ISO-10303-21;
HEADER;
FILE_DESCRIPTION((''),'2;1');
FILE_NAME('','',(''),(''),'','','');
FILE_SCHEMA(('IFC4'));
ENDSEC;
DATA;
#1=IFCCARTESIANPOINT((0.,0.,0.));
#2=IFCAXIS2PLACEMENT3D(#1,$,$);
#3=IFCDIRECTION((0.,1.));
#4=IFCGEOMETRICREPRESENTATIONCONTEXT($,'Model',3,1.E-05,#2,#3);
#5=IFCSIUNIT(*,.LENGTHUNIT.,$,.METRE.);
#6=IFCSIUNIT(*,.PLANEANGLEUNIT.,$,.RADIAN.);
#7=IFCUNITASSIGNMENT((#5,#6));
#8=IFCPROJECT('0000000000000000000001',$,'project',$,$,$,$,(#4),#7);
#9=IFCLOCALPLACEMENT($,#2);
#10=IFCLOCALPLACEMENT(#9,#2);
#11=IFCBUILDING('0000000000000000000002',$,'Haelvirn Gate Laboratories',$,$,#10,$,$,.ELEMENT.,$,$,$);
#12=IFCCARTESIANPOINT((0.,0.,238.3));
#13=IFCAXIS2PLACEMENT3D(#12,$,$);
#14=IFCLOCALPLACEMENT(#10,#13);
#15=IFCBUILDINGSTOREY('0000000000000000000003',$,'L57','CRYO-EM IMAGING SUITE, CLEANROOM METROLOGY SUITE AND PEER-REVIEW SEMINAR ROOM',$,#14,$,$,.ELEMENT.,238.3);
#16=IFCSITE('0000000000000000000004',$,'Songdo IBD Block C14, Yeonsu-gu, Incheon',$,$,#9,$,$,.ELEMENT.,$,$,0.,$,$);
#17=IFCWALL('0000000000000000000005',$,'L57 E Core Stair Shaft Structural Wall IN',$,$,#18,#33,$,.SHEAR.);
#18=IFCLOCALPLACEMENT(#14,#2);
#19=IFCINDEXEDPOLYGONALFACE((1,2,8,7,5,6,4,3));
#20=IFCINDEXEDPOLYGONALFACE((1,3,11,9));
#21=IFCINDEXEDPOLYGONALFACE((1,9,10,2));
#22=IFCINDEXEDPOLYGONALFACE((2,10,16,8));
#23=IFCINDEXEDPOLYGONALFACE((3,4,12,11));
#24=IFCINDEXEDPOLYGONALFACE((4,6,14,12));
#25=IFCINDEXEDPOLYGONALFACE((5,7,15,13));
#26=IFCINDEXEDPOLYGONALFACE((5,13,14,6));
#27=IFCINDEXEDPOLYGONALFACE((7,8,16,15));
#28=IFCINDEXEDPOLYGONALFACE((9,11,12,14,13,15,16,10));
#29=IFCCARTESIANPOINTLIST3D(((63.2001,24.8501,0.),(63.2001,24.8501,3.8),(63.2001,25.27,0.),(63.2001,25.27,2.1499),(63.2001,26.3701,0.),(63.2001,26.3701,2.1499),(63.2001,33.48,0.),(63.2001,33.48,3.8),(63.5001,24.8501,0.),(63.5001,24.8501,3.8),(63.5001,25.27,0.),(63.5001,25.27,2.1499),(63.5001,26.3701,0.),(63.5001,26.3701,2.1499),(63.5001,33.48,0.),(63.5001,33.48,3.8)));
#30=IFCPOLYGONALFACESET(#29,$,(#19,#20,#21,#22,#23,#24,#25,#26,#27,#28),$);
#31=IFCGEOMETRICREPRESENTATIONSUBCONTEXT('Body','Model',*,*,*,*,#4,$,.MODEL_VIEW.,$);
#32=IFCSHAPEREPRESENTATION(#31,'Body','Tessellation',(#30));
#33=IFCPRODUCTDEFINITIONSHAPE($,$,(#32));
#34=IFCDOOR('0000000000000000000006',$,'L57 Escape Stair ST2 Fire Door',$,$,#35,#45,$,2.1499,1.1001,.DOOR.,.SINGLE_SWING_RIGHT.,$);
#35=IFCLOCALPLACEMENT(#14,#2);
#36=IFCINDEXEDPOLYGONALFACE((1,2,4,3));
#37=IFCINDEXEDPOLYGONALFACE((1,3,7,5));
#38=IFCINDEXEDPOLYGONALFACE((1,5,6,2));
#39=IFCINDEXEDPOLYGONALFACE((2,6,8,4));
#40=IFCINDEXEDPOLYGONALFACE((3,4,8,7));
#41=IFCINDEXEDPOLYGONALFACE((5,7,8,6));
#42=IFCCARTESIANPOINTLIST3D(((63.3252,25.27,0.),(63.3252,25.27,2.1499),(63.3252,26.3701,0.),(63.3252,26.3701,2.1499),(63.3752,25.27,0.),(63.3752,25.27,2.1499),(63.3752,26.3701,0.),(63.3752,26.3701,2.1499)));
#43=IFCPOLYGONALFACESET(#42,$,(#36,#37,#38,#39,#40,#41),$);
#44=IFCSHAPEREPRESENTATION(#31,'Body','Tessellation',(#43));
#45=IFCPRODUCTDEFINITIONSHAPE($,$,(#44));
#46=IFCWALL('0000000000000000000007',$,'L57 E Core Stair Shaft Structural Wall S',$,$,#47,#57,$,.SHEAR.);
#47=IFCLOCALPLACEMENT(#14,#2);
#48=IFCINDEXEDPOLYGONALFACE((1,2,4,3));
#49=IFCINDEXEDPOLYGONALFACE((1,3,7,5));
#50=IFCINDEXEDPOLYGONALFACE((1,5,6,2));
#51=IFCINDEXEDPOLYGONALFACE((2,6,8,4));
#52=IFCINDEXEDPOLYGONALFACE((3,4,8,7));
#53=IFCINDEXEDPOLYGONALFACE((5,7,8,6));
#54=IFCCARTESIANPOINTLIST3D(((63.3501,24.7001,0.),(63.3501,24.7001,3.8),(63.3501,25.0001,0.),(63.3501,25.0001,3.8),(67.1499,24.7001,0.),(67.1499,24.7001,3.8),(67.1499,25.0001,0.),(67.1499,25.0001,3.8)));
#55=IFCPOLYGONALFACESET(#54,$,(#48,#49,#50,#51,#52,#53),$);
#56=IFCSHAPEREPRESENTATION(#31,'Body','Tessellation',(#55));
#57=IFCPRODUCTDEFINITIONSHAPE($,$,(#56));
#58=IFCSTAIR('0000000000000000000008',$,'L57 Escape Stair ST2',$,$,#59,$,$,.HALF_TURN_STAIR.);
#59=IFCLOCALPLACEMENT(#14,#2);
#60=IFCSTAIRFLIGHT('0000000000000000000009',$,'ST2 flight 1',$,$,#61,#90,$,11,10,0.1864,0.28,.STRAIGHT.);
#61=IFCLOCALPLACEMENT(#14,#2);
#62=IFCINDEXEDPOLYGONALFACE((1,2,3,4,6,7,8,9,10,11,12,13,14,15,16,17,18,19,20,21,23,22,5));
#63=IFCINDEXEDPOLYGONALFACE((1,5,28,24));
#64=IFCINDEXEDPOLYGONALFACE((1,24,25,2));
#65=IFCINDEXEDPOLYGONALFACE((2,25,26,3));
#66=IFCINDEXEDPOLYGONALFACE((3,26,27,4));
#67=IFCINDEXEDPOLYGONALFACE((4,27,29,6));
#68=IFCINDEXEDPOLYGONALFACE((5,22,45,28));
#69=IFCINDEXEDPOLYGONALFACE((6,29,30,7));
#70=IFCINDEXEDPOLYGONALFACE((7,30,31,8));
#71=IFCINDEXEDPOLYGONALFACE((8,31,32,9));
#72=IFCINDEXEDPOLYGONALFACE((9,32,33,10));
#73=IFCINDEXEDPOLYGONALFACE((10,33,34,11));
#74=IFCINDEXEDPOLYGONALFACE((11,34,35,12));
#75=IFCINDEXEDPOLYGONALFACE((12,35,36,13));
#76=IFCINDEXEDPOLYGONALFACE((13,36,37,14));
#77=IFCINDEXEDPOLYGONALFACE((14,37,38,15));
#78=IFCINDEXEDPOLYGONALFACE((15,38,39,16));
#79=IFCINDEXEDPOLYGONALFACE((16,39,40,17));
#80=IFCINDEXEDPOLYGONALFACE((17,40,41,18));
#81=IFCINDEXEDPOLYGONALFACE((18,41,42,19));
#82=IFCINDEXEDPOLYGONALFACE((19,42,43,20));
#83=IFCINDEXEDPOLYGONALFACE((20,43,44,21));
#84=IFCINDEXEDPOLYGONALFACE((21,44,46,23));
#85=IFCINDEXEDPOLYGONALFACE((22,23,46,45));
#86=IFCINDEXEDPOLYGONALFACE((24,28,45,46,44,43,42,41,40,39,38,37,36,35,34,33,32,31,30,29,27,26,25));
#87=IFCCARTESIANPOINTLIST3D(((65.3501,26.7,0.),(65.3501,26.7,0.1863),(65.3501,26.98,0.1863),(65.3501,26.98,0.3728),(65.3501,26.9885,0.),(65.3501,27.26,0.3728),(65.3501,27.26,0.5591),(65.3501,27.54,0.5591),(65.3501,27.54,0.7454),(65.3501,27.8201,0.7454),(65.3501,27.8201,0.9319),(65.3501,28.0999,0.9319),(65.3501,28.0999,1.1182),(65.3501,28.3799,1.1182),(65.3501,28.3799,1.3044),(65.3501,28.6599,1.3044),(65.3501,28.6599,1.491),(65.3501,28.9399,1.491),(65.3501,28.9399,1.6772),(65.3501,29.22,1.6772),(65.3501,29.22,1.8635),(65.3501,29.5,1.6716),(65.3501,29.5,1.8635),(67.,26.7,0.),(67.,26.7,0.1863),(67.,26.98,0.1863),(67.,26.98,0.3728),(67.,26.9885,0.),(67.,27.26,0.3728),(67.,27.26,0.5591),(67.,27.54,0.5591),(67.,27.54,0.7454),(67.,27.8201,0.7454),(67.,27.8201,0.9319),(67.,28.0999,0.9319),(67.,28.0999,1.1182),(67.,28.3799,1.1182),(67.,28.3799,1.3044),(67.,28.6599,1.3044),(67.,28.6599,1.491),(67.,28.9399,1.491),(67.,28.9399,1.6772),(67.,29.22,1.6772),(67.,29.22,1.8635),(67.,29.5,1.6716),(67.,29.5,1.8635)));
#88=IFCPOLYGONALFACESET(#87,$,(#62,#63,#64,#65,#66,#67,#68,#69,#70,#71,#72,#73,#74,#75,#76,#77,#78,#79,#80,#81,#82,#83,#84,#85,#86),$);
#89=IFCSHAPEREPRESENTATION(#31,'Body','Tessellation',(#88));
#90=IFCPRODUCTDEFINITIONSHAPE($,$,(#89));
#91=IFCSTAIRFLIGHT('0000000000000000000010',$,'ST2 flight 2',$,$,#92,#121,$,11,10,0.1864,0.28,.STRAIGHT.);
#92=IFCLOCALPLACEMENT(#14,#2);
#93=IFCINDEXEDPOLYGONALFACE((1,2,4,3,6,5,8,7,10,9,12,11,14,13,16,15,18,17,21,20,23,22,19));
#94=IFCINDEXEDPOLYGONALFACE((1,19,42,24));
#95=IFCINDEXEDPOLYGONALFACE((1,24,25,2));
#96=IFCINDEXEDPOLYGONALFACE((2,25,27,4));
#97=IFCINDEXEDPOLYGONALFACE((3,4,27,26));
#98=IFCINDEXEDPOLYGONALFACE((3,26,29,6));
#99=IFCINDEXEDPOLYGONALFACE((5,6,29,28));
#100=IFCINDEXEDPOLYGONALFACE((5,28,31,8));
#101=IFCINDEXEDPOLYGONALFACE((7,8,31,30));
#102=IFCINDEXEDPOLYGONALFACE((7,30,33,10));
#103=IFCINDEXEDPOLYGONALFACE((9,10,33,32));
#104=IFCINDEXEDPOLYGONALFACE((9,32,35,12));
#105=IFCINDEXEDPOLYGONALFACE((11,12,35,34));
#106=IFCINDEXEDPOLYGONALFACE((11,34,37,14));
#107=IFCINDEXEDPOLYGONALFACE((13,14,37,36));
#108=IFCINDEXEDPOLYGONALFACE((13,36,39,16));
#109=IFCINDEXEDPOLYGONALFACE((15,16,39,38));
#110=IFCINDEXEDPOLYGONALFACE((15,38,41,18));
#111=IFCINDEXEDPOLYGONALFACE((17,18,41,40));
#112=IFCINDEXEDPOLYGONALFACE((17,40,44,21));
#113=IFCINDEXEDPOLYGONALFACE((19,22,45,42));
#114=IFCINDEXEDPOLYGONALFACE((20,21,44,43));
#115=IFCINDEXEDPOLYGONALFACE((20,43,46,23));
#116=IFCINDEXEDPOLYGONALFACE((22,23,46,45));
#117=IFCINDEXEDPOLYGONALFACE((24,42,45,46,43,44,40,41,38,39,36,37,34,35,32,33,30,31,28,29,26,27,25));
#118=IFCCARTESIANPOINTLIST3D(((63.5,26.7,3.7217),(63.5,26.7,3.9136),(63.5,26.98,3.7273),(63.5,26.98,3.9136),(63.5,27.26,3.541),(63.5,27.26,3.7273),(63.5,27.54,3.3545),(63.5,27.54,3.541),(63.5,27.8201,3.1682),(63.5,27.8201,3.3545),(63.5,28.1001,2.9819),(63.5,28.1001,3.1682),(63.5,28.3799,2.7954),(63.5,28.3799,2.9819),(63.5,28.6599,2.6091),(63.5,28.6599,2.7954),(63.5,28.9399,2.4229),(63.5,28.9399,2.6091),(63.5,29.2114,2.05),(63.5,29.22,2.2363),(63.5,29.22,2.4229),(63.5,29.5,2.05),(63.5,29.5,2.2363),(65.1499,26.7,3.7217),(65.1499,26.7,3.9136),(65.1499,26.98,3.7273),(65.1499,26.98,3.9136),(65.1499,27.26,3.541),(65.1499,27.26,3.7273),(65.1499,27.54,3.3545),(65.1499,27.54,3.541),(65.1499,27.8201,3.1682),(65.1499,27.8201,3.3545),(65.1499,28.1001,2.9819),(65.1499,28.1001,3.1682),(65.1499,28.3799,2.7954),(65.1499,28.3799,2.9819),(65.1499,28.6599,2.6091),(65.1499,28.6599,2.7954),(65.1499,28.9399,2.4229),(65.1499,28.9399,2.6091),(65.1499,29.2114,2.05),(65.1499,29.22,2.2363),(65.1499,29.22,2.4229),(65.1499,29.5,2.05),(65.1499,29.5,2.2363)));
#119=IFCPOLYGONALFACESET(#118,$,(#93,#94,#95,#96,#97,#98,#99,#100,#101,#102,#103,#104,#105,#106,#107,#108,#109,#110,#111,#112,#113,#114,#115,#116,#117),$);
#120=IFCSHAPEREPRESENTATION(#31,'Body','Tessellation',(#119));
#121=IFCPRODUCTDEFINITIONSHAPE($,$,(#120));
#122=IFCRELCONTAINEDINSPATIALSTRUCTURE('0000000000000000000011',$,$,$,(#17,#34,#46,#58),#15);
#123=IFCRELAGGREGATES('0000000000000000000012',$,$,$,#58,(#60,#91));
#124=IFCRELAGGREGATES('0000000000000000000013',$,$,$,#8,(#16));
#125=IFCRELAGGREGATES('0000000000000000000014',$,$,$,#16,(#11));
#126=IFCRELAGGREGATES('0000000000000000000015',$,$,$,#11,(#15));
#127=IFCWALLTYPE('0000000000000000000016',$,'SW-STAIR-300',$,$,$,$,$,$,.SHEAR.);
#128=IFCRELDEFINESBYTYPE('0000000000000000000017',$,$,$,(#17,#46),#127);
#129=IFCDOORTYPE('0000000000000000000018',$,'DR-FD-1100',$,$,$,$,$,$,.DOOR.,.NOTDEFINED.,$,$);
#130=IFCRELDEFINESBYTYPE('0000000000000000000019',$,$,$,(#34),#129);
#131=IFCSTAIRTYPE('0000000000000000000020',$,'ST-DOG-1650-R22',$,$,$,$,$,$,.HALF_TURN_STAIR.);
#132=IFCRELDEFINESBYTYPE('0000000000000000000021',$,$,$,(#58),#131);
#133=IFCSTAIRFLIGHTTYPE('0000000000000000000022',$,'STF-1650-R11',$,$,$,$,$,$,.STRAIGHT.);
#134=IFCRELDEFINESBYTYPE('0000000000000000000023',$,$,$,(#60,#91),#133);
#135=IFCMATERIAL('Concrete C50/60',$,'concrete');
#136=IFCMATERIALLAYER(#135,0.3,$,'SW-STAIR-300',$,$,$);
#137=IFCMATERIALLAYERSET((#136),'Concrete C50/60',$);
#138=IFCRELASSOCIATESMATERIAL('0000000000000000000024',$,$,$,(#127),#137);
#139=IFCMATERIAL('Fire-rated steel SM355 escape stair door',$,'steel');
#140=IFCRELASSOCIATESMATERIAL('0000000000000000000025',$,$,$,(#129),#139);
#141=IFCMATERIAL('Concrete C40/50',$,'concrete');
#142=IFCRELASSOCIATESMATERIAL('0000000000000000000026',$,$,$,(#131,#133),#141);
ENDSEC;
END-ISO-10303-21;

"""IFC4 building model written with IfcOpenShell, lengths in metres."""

from ifc_helpers import new_model, si_unit, direction, frame, frame_2d, origin, place, context, subcontext, project, spatial, polyline, rectangle, outline, extrude, source, transform, mapped, material, layer, layer_set, type_object, type_shapes, element, fill, aggregate, save


model = new_model("IFC4")

# Units and contexts
model_context = context("Model", 3, precision=1e-05, world=origin(), true_north=direction((0.0, 1.0)))
body_context = subcontext(model_context, "Body", "Model", "MODEL_VIEW")
ifc_project = project(units=[si_unit("LENGTHUNIT", "METRE"), si_unit("PLANEANGLEUNIT", "RADIAN")], contexts=[model_context])

# Site, building, storey
site_placement = place(None, origin())
site = spatial("IfcSite", under=ifc_project, at=site_placement, Name="Songdo IBD Block C14, Yeonsu-gu, Incheon", CompositionType="ELEMENT", RefElevation=0.0)
building_placement = place(site_placement, origin())
building = spatial("IfcBuilding", under=site, at=building_placement, Name="Haelvirn Gate Laboratories", CompositionType="ELEMENT")
storey_placement = place(building_placement, frame((0.0, 0.0, 238.3)))
storey = spatial("IfcBuildingStorey", under=building, at=storey_placement, Name="L57", Description="CRYO-EM IMAGING SUITE, CLEANROOM METROLOGY SUITE AND PEER-REVIEW SEMINAR ROOM", CompositionType="ELEMENT", Elevation=238.3)

# Shared definitions
ifc_material_1 = material(Name="Concrete C40/50", Category="concrete")

# Shared definitions
ifc_material_2 = material(Name="Concrete C50/60", Category="concrete")

# Wall, opening, door
ifc_layer_1 = layer(ifc_material_2, 0.3, Name="SW-STAIR-300")
ifc_layer_set_1 = layer_set([ifc_layer_1], Name="Concrete C50/60")
wall_type_1 = type_object("IfcWallType", Name="SW-STAIR-300", PredefinedType="SHEAR", material=ifc_layer_set_1)
wall_1_placement = place(storey_placement, frame((63.3501, 24.8501, 0.0), z_axis=(0.0, 0.0, 1.0), x_axis=(0.0, 1.0, 0.0)))
wall_1 = element("IfcWall", 1, at=wall_1_placement, inside=storey, type_object=wall_type_1, Name="L57 E Core Stair Shaft Structural Wall IN", PredefinedType="SHEAR", context=body_context, shape_type="SweptSolid", body=[
    extrude(rectangle(XDim=8.6299, YDim=0.3, at=frame_2d((4.3149, 0.0))), origin(), (0.0, 0.0, 1.0), 3.8),
])
opening_1_placement = place(wall_1_placement, frame((0.4199, 0.0, 0.0)))
opening_1 = element("IfcOpeningElement", 2, at=opening_1_placement, cuts=wall_1, PredefinedType="OPENING", context=body_context, shape_type="SweptSolid", body=[
    extrude(rectangle(XDim=1.1001, YDim=2.1499, at=frame_2d((0.55, 1.075))), frame((0.0, 0.1602, 0.0), z_axis=(0.0, -1.0, 0.0), x_axis=(1.0, 0.0, 0.0)), (0.0, 0.0, 1.0), 0.3201),
])
ifc_material_3 = material(Name="Fire-rated steel SM355 escape stair door", Category="steel")
door_type_1 = type_object("IfcDoorType", Name="DR-FD-1100", OperationType="NOTDEFINED", PredefinedType="DOOR", material=ifc_material_3)
shared_shape_1 = source(origin(), body_context, "Body", "SweptSolid", [
    extrude(rectangle(XDim=1.1001, YDim=2.1499, at=frame_2d((0.55, 1.075))), frame((0.0, 0.0249, 0.0), z_axis=(0.0, -1.0, 0.0), x_axis=(1.0, 0.0, 0.0)), (0.0, 0.0, 1.0), 0.05),
])
type_shapes(door_type_1, [shared_shape_1])
door_1_placement = place(opening_1_placement, origin())
door_1 = element("IfcDoor", 3, at=door_1_placement, inside=storey, type_object=door_type_1, Name="L57 Escape Stair ST2 Fire Door", OperationType="SINGLE_SWING_RIGHT", OverallHeight=2.1499, OverallWidth=1.1001, PredefinedType="DOOR", context=body_context, shape_type="MappedRepresentation", body=[
    mapped(shared_shape_1, transform((0.0, 0.0, 0.0), scale=1.0)),
])
fill(opening_1, door_1)

# Wall
wall_2_placement = place(storey_placement, frame((63.3501, 24.8501, 0.0), z_axis=(0.0, 0.0, 1.0), x_axis=(1.0, 0.0, 0.0)))
element("IfcWall", 4, at=wall_2_placement, inside=storey, type_object=wall_type_1, Name="L57 E Core Stair Shaft Structural Wall S", PredefinedType="SHEAR", context=body_context, shape_type="SweptSolid", body=[
    extrude(rectangle(XDim=3.7998, YDim=0.3, at=frame_2d((1.8999, 0.0))), origin(), (0.0, 0.0, 1.0), 3.8),
])

# Stair, stair flights
stair_type = type_object("IfcStairType", Name="ST-DOG-1650-R22", PredefinedType="HALF_TURN_STAIR", material=ifc_material_1)
stair_placement = place(storey_placement, origin())
stair = element("IfcStair", 5, at=stair_placement, inside=storey, type_object=stair_type, Name="L57 Escape Stair ST2", PredefinedType="HALF_TURN_STAIR")
stair_flight_type = type_object("IfcStairFlightType", Name="STF-1650-R11", PredefinedType="STRAIGHT", material=ifc_material_1)
shared_shape_2 = source(origin(), body_context, "Body", "SweptSolid", [
    extrude(outline(polyline([(0.0, 0.0), (0.0, 0.1863), (0.28, 0.1863), (0.28, 0.3728), (0.5601, 0.3728), (0.5601, 0.5591), (0.8401, 0.5591), (0.8401, 0.7454), (1.1201, 0.7454), (1.1201, 0.9319), (1.3999, 0.9319), (1.3999, 1.1182), (1.6799, 1.1182), (1.6799, 1.3044), (1.96, 1.3044), (1.96, 1.491), (2.24, 1.491), (2.24, 1.6772), (2.52, 1.6772), (2.52, 1.8635), (2.8, 1.8635), (2.8, 2.05), (2.8, 1.6716), (0.2886, 0.0), (0.0, 0.0)])), frame((0.0, 0.825, 0.0), z_axis=(0.0, -1.0, 0.0), x_axis=(1.0, 0.0, 0.0)), (0.0, 0.0, 1.0), 1.6499),
])
type_shapes(stair_flight_type, [shared_shape_2])
stair_flight_1_placement = place(storey_placement, frame((66.175, 26.7, 0.0), z_axis=(0.0, 0.0, 1.0), x_axis=(0.0, 1.0, 0.0)))
stair_flight_1 = element("IfcStairFlight", 6, at=stair_flight_1_placement, type_object=stair_flight_type, Name="ST2 flight 1", NumberOfRisers=11, NumberOfTreads=10, PredefinedType="STRAIGHT", RiserHeight=0.1864, TreadLength=0.28, context=body_context, shape_type="MappedRepresentation", body=[
    mapped(shared_shape_2, transform((0.0, 0.0, 0.0), scale=1.0)),
])
stair_flight_2_placement = place(storey_placement, frame((64.325, 29.5, 2.05), z_axis=(0.0, 0.0, 1.0), x_axis=(0.0, -1.0, 0.0)))
stair_flight_2 = element("IfcStairFlight", 7, at=stair_flight_2_placement, type_object=stair_flight_type, Name="ST2 flight 2", NumberOfRisers=11, NumberOfTreads=10, PredefinedType="STRAIGHT", RiserHeight=0.1864, TreadLength=0.28, context=body_context, shape_type="MappedRepresentation", body=[
    mapped(shared_shape_2, transform((0.0, 0.0, 0.0), scale=1.0)),
])
aggregate(stair, [stair_flight_1, stair_flight_2])

save(model, "model.ifc")
